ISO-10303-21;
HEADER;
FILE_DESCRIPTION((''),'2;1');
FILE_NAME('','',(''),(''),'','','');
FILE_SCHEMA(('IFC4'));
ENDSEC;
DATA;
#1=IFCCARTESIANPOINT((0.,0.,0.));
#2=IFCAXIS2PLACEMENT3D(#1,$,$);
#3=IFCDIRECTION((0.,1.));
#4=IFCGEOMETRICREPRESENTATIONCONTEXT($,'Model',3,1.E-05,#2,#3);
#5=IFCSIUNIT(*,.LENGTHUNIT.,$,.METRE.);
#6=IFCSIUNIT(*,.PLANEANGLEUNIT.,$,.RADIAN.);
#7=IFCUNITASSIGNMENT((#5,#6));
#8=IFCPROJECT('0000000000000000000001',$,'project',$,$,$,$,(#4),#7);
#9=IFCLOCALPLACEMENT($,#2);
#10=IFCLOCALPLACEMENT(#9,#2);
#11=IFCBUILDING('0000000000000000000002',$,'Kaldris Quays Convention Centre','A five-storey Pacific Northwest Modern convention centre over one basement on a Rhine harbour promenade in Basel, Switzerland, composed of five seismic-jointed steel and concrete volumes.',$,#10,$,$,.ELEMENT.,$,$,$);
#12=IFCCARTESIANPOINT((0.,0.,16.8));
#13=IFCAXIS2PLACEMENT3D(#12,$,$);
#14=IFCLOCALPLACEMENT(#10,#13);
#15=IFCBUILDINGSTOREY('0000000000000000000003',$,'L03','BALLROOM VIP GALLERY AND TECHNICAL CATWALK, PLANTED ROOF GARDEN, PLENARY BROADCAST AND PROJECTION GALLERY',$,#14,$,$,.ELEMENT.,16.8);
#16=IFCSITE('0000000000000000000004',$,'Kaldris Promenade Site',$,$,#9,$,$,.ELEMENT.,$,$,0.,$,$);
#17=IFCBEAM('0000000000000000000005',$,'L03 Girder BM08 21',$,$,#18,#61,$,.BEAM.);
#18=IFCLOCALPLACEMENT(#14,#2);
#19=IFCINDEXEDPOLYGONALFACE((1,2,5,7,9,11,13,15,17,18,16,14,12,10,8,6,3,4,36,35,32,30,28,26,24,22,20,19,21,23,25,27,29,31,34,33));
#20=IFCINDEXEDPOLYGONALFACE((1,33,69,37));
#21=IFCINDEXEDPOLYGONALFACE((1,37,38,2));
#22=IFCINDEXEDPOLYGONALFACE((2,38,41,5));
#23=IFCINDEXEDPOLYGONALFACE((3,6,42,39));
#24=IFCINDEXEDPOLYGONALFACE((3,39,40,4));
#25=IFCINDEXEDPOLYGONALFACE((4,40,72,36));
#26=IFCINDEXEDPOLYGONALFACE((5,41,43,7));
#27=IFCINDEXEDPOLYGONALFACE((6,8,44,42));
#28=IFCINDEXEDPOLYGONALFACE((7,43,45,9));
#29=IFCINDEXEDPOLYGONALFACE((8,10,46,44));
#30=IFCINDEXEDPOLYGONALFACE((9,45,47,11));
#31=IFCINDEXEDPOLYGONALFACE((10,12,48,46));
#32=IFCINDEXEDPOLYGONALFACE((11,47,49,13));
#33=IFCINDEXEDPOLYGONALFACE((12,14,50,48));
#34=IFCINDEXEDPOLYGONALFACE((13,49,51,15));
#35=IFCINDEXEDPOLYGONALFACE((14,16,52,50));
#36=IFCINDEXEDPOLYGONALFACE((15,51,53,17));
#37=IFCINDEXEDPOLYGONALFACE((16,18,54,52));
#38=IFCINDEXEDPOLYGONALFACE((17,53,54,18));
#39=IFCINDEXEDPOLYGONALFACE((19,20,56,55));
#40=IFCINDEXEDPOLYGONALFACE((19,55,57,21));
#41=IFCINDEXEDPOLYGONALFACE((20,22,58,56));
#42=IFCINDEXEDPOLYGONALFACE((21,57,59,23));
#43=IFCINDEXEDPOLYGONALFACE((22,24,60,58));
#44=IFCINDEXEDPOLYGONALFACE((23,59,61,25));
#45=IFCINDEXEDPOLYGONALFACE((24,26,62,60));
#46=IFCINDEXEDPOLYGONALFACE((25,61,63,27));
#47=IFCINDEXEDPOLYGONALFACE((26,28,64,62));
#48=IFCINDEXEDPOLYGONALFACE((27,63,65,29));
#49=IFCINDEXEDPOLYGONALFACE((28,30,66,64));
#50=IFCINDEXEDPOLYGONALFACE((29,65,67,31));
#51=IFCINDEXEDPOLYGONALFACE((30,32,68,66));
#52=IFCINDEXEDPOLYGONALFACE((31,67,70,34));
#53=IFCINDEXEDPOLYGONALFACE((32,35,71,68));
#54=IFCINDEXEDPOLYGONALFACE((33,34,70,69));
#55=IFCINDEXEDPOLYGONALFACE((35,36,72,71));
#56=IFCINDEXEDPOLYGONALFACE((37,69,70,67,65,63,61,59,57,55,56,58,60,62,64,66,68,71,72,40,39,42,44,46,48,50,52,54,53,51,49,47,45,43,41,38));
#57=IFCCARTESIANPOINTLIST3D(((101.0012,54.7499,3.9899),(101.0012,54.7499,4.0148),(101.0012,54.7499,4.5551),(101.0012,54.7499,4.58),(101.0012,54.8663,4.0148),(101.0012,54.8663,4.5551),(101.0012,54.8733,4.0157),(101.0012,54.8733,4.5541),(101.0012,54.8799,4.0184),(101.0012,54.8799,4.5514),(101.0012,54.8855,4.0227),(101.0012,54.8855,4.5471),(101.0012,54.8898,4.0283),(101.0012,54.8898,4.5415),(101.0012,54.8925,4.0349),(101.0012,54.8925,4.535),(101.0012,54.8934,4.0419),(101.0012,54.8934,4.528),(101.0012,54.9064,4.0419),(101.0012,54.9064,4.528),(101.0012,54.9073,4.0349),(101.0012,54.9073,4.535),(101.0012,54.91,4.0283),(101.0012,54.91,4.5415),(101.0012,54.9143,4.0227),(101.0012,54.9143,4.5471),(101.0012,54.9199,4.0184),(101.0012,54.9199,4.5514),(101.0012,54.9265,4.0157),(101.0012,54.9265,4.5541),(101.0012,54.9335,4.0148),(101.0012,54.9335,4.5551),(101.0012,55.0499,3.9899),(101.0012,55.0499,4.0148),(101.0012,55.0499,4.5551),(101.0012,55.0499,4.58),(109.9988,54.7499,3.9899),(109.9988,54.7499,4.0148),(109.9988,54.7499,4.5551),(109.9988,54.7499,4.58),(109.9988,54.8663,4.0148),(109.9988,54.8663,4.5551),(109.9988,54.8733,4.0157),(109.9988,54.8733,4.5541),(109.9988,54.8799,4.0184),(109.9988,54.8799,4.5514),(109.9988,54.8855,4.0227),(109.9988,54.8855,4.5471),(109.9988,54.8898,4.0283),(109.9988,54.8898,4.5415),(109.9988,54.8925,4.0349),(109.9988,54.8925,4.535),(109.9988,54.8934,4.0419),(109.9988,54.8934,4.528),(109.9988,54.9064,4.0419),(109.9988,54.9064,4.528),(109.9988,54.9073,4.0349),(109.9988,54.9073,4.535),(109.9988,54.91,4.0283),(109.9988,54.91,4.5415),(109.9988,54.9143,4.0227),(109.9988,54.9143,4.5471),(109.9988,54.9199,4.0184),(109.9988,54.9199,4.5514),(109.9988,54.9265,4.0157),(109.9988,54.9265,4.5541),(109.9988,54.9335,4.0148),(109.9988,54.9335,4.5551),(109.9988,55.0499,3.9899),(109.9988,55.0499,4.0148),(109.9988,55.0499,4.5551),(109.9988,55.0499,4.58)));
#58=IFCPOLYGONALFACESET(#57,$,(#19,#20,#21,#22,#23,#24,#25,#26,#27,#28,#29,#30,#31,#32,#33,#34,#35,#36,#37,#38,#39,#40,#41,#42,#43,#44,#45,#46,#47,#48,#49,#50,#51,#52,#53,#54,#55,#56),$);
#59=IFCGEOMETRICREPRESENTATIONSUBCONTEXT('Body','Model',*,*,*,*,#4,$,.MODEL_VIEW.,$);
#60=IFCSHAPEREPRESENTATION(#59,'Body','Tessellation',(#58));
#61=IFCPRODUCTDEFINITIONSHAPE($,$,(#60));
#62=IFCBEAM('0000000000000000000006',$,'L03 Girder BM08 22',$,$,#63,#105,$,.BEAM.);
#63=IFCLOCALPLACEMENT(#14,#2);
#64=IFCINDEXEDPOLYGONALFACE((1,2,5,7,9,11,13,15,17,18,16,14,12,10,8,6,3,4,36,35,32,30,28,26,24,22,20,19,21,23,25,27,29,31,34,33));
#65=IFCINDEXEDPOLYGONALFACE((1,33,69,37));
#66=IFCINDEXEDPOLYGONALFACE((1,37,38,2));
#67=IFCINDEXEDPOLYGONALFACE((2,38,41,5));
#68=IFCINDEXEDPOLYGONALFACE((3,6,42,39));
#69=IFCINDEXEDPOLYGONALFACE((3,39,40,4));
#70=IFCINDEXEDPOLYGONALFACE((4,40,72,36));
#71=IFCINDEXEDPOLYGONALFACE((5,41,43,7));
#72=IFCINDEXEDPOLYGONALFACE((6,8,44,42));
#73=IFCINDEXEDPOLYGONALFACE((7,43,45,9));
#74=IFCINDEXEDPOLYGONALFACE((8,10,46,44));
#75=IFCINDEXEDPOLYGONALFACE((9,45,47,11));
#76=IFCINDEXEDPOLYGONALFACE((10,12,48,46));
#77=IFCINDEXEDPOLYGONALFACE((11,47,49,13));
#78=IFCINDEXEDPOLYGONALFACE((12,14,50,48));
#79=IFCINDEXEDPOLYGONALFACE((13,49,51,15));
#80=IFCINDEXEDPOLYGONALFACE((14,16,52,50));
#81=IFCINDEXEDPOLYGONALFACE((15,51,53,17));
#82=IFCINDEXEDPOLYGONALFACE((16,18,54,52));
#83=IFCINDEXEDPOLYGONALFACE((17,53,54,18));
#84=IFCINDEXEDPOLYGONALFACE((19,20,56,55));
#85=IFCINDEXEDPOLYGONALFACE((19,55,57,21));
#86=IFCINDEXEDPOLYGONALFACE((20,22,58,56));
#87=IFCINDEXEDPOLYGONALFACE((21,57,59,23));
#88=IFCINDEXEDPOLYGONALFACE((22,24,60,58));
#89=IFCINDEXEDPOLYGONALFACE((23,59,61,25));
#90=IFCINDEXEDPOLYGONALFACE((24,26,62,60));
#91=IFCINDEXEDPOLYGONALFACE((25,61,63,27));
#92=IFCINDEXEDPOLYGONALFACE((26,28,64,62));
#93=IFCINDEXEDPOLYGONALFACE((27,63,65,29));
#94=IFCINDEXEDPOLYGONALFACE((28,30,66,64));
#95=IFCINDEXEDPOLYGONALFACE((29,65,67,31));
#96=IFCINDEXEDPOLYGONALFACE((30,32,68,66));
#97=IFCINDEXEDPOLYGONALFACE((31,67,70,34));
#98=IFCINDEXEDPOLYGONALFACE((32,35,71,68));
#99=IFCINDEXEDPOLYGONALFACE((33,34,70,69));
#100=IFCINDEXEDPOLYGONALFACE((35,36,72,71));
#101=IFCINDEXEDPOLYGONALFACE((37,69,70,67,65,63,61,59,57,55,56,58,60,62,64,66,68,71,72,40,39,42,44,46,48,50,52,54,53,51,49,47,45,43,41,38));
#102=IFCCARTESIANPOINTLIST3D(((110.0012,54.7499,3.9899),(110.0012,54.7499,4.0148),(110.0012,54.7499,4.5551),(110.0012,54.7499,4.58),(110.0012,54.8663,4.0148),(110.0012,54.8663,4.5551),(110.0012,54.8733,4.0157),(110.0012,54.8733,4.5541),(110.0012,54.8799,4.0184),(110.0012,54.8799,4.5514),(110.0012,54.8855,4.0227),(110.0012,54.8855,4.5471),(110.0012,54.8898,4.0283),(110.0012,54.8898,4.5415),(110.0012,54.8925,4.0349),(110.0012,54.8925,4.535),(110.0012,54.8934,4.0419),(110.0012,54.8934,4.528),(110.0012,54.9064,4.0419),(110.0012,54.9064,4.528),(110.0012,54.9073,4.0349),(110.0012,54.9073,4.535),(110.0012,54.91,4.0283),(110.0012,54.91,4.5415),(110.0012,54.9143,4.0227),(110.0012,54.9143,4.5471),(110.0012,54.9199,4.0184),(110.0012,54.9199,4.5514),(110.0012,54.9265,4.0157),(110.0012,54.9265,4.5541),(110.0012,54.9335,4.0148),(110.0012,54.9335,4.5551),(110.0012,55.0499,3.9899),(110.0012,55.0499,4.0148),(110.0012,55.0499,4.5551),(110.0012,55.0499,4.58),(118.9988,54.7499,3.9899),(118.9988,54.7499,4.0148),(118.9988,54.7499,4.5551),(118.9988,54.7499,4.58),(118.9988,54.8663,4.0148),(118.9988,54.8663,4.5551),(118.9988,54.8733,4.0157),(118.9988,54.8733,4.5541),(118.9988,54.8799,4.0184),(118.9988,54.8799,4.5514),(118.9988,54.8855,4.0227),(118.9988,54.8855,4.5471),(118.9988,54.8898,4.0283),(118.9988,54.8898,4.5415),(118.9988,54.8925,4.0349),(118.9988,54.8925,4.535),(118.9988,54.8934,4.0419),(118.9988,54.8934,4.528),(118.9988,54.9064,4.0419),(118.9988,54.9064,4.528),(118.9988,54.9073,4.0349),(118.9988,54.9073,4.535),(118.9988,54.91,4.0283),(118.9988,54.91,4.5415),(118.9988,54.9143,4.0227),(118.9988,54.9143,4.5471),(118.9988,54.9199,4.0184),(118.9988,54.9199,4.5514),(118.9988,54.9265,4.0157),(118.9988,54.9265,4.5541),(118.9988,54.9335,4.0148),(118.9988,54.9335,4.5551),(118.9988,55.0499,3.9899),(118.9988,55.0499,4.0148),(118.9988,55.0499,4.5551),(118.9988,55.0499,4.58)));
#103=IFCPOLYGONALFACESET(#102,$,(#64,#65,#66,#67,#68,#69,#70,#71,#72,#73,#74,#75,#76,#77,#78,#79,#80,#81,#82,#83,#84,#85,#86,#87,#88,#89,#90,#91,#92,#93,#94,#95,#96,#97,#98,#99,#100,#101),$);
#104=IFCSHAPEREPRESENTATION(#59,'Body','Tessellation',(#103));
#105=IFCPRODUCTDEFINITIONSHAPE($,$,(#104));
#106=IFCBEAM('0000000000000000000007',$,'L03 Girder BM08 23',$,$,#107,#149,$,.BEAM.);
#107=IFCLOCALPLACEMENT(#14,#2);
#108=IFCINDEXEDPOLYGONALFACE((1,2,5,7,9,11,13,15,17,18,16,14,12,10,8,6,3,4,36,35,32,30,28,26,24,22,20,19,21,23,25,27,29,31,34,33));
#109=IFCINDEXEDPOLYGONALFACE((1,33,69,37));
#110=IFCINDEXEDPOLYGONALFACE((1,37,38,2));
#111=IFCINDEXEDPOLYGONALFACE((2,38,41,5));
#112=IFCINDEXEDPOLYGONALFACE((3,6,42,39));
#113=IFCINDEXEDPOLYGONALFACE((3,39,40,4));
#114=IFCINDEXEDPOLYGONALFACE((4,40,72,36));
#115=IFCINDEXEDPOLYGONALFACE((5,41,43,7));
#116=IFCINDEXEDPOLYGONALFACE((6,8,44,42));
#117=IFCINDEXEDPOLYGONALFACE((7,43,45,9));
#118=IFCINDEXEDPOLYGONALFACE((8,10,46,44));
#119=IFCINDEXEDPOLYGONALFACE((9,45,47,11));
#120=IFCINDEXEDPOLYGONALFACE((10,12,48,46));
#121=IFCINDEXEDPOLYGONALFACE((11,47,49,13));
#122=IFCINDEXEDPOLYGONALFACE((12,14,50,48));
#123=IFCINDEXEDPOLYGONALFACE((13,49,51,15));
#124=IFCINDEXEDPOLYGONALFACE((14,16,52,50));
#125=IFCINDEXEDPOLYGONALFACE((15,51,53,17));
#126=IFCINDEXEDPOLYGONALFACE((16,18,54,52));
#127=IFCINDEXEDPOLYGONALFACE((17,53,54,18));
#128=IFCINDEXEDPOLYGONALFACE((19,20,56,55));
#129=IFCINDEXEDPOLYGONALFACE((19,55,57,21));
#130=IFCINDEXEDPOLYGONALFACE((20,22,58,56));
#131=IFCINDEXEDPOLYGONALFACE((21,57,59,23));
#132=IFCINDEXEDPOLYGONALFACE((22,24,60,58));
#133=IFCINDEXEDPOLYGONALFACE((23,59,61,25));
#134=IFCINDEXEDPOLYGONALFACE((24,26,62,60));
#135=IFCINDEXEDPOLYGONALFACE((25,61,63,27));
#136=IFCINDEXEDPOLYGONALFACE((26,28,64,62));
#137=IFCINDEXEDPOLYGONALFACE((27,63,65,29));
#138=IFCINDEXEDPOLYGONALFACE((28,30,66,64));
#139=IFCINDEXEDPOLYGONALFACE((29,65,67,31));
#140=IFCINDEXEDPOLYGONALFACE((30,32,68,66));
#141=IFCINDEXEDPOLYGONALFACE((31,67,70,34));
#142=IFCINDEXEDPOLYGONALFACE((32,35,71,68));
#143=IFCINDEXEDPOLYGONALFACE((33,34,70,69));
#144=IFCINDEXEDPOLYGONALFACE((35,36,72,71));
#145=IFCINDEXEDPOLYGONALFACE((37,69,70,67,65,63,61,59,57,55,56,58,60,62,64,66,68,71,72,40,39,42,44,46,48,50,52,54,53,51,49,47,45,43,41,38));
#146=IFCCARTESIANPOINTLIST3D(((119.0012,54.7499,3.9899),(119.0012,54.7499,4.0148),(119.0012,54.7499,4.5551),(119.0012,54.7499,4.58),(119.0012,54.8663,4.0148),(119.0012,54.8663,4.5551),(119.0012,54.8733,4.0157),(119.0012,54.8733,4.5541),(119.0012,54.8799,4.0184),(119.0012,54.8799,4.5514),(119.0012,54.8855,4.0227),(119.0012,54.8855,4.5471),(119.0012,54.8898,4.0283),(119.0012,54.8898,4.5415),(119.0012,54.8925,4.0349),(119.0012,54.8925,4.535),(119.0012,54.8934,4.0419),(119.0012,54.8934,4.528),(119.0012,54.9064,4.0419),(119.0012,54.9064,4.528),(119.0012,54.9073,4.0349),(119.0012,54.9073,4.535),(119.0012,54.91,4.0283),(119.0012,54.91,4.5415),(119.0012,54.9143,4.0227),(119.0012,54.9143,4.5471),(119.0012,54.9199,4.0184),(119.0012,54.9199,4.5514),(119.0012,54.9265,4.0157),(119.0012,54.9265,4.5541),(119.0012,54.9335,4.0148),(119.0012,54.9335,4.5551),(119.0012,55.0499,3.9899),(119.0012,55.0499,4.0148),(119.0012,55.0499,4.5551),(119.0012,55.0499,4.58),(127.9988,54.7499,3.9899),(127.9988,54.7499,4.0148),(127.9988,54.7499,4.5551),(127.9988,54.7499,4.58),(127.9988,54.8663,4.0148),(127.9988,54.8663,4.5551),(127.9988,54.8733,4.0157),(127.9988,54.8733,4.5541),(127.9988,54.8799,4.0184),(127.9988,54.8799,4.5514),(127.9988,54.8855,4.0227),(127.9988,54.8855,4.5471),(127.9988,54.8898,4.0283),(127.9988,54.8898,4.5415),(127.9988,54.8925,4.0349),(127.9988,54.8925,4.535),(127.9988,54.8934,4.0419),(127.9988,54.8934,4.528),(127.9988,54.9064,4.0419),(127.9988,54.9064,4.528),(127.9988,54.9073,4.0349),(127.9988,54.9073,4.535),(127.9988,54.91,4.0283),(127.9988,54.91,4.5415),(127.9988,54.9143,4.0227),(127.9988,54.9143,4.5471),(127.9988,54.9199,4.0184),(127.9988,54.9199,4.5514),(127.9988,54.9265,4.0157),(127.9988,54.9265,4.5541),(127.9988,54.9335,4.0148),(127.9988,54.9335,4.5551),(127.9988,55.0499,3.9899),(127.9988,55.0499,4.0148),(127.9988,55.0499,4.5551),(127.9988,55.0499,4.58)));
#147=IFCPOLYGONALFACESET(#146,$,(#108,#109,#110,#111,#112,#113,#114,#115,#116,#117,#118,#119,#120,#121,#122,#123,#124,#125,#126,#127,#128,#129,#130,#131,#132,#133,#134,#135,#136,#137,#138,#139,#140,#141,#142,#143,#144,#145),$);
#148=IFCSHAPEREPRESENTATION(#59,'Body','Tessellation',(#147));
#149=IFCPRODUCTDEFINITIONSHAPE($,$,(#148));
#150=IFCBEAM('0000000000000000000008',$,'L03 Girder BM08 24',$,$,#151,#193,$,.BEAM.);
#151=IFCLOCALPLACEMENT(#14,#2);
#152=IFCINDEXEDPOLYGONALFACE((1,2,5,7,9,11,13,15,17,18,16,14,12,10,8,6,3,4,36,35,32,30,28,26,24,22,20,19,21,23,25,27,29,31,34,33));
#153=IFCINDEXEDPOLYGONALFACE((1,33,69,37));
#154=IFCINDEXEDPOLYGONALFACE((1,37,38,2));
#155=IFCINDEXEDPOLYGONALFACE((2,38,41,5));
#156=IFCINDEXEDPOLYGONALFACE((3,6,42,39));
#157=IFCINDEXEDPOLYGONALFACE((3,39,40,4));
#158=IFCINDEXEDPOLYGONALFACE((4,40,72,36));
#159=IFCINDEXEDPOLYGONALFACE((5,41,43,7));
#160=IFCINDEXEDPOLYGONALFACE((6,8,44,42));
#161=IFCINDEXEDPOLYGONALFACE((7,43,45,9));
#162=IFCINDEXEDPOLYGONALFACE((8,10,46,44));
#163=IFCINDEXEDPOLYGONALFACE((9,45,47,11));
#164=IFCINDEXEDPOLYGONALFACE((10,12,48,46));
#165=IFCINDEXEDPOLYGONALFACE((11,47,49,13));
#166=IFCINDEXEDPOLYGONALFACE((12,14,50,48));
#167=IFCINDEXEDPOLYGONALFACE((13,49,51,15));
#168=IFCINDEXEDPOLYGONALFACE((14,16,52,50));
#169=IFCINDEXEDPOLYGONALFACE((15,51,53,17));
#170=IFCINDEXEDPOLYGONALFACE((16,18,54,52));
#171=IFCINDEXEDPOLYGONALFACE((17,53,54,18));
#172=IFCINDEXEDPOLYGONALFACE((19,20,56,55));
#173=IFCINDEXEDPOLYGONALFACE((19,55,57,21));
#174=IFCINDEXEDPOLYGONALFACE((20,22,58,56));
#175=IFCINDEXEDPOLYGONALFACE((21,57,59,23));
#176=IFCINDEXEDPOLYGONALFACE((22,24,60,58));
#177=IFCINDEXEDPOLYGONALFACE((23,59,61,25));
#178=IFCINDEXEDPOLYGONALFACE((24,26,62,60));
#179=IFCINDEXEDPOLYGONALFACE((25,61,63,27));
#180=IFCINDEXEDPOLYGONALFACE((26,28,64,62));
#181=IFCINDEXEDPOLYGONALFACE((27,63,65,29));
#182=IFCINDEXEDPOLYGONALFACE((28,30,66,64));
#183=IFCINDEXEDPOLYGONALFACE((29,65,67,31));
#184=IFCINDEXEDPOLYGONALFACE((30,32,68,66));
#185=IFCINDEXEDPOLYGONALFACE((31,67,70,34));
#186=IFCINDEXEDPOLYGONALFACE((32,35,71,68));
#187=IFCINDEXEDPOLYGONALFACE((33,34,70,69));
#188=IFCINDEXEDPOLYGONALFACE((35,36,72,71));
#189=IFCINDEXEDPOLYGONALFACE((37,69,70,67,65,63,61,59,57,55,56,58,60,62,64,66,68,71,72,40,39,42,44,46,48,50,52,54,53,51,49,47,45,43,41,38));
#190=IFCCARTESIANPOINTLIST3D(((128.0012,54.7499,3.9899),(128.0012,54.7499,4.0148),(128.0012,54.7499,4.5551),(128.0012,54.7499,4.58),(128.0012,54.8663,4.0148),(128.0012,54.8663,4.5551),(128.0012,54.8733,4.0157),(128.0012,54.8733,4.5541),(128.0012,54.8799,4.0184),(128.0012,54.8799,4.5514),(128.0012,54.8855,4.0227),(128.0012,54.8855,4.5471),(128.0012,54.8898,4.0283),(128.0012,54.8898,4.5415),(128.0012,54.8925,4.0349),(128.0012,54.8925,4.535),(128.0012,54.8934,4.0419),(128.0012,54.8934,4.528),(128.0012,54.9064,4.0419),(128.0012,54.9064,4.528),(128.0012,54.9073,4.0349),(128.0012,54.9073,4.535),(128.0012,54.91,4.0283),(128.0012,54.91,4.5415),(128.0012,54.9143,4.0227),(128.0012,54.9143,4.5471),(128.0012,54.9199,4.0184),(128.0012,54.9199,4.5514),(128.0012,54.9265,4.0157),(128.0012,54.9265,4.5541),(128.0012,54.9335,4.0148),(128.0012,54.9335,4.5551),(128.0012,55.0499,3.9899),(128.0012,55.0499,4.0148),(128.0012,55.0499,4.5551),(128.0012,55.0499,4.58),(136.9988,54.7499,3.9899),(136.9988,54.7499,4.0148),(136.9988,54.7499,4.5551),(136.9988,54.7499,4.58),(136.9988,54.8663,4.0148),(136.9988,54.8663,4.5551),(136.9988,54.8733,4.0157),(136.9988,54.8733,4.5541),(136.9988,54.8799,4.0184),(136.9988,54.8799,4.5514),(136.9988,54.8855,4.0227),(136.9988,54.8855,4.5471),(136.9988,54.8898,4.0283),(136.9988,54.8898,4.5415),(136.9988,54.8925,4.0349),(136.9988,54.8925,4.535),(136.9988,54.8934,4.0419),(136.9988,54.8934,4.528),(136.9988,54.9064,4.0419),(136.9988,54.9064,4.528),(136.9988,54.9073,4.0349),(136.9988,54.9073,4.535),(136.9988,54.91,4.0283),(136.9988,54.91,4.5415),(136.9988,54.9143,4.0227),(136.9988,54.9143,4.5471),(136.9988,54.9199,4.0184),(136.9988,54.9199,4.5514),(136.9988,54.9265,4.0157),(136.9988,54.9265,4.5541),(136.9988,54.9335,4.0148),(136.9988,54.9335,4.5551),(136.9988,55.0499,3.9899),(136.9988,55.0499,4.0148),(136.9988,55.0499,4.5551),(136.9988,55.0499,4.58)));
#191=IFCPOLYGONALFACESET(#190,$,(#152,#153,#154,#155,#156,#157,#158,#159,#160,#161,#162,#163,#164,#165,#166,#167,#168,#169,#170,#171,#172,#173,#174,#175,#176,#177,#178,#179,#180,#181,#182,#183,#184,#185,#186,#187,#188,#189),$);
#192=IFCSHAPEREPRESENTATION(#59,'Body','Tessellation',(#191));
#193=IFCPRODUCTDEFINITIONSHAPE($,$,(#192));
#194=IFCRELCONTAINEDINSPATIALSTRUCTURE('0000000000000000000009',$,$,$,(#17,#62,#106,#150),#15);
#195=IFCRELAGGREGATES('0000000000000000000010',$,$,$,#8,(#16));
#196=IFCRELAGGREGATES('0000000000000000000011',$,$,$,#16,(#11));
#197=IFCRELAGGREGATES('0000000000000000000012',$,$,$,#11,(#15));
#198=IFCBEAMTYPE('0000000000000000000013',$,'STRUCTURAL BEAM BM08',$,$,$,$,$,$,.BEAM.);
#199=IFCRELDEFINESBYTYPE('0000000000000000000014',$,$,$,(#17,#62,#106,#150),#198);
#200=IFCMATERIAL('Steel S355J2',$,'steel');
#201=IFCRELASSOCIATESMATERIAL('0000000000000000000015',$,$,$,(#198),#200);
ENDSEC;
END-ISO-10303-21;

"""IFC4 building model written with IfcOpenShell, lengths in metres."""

from ifc_helpers import new_model, si_unit, direction, frame, origin, origin_2d, place, context, subcontext, project, spatial, i_section, extrude, material, material_profile, profile_set, type_object, element, save


model = new_model("IFC4")

# Units and contexts
model_context = context("Model", 3, precision=1e-05, world=origin(), true_north=direction((0.0, 1.0)))
body_context = subcontext(model_context, "Body", "Model", "MODEL_VIEW")
ifc_project = project(units=[si_unit("LENGTHUNIT", "METRE"), si_unit("PLANEANGLEUNIT", "RADIAN")], contexts=[model_context])

# Site, building, storey
site_placement = place(None, origin())
site = spatial("IfcSite", under=ifc_project, at=site_placement, Name="Kaldris Promenade Site", CompositionType="ELEMENT", RefElevation=0.0)
building_placement = place(site_placement, origin())
building = spatial("IfcBuilding", under=site, at=building_placement, Name="Kaldris Quays Convention Centre", Description="A five-storey Pacific Northwest Modern convention centre over one basement on a Rhine harbour promenade in Basel, Switzerland, composed of five seismic-jointed steel and concrete volumes.", CompositionType="ELEMENT")
storey_placement = place(building_placement, frame((0.0, 0.0, 16.8)))
storey = spatial("IfcBuildingStorey", under=building, at=storey_placement, Name="L03", Description="BALLROOM VIP GALLERY AND TECHNICAL CATWALK, PLANTED ROOF GARDEN, PLENARY BROADCAST AND PROJECTION GALLERY", CompositionType="ELEMENT", Elevation=16.8)

# Shared definitions
ifc_material_1 = material(Name="Steel S355J2", Category="steel")

# Beams
ifc_material_profile_1 = material_profile(ifc_material_1, i_section(OverallWidth=0.3, OverallDepth=0.5901, WebThickness=0.0129, FlangeThickness=0.0249, FilletRadius=0.0271, at=origin_2d()), Name="HEA 600")
ifc_profile_set_1 = profile_set([ifc_material_profile_1], Name="Steel S355J2")
beam_type = type_object("IfcBeamType", Name="STRUCTURAL BEAM BM08", PredefinedType="BEAM", material=ifc_profile_set_1)
for number, where, z_axis, x_axis, name in (
    (1, (101.0012, 54.8999, 4.2849), (1.0, 0.0, 0.0), (0.0, 1.0, 0.0), "L03 Girder BM08 21"),
    (2, (110.0012, 54.8999, 4.2849), (1.0, 0.0, 0.0), (0.0, 1.0, 0.0), "L03 Girder BM08 22"),
    (3, (119.0012, 54.8999, 4.2849), (1.0, 0.0, 0.0), (0.0, 1.0, 0.0), "L03 Girder BM08 23"),
    (4, (128.0012, 54.8999, 4.2849), (1.0, 0.0, 0.0), (0.0, 1.0, 0.0), "L03 Girder BM08 24"),
):
    element("IfcBeam", number, at=place(storey_placement, frame(where, z_axis=z_axis, x_axis=x_axis)), inside=storey, type_object=beam_type, Name=name, PredefinedType="BEAM", context=body_context, shape_type="SweptSolid", body=[
        extrude(i_section(OverallWidth=0.3, OverallDepth=0.5901, WebThickness=0.0129, FlangeThickness=0.0249, FilletRadius=0.0271, at=origin_2d()), origin(), (0.0, 0.0, 1.0), 8.9976),
    ])

save(model, "model.ifc")
